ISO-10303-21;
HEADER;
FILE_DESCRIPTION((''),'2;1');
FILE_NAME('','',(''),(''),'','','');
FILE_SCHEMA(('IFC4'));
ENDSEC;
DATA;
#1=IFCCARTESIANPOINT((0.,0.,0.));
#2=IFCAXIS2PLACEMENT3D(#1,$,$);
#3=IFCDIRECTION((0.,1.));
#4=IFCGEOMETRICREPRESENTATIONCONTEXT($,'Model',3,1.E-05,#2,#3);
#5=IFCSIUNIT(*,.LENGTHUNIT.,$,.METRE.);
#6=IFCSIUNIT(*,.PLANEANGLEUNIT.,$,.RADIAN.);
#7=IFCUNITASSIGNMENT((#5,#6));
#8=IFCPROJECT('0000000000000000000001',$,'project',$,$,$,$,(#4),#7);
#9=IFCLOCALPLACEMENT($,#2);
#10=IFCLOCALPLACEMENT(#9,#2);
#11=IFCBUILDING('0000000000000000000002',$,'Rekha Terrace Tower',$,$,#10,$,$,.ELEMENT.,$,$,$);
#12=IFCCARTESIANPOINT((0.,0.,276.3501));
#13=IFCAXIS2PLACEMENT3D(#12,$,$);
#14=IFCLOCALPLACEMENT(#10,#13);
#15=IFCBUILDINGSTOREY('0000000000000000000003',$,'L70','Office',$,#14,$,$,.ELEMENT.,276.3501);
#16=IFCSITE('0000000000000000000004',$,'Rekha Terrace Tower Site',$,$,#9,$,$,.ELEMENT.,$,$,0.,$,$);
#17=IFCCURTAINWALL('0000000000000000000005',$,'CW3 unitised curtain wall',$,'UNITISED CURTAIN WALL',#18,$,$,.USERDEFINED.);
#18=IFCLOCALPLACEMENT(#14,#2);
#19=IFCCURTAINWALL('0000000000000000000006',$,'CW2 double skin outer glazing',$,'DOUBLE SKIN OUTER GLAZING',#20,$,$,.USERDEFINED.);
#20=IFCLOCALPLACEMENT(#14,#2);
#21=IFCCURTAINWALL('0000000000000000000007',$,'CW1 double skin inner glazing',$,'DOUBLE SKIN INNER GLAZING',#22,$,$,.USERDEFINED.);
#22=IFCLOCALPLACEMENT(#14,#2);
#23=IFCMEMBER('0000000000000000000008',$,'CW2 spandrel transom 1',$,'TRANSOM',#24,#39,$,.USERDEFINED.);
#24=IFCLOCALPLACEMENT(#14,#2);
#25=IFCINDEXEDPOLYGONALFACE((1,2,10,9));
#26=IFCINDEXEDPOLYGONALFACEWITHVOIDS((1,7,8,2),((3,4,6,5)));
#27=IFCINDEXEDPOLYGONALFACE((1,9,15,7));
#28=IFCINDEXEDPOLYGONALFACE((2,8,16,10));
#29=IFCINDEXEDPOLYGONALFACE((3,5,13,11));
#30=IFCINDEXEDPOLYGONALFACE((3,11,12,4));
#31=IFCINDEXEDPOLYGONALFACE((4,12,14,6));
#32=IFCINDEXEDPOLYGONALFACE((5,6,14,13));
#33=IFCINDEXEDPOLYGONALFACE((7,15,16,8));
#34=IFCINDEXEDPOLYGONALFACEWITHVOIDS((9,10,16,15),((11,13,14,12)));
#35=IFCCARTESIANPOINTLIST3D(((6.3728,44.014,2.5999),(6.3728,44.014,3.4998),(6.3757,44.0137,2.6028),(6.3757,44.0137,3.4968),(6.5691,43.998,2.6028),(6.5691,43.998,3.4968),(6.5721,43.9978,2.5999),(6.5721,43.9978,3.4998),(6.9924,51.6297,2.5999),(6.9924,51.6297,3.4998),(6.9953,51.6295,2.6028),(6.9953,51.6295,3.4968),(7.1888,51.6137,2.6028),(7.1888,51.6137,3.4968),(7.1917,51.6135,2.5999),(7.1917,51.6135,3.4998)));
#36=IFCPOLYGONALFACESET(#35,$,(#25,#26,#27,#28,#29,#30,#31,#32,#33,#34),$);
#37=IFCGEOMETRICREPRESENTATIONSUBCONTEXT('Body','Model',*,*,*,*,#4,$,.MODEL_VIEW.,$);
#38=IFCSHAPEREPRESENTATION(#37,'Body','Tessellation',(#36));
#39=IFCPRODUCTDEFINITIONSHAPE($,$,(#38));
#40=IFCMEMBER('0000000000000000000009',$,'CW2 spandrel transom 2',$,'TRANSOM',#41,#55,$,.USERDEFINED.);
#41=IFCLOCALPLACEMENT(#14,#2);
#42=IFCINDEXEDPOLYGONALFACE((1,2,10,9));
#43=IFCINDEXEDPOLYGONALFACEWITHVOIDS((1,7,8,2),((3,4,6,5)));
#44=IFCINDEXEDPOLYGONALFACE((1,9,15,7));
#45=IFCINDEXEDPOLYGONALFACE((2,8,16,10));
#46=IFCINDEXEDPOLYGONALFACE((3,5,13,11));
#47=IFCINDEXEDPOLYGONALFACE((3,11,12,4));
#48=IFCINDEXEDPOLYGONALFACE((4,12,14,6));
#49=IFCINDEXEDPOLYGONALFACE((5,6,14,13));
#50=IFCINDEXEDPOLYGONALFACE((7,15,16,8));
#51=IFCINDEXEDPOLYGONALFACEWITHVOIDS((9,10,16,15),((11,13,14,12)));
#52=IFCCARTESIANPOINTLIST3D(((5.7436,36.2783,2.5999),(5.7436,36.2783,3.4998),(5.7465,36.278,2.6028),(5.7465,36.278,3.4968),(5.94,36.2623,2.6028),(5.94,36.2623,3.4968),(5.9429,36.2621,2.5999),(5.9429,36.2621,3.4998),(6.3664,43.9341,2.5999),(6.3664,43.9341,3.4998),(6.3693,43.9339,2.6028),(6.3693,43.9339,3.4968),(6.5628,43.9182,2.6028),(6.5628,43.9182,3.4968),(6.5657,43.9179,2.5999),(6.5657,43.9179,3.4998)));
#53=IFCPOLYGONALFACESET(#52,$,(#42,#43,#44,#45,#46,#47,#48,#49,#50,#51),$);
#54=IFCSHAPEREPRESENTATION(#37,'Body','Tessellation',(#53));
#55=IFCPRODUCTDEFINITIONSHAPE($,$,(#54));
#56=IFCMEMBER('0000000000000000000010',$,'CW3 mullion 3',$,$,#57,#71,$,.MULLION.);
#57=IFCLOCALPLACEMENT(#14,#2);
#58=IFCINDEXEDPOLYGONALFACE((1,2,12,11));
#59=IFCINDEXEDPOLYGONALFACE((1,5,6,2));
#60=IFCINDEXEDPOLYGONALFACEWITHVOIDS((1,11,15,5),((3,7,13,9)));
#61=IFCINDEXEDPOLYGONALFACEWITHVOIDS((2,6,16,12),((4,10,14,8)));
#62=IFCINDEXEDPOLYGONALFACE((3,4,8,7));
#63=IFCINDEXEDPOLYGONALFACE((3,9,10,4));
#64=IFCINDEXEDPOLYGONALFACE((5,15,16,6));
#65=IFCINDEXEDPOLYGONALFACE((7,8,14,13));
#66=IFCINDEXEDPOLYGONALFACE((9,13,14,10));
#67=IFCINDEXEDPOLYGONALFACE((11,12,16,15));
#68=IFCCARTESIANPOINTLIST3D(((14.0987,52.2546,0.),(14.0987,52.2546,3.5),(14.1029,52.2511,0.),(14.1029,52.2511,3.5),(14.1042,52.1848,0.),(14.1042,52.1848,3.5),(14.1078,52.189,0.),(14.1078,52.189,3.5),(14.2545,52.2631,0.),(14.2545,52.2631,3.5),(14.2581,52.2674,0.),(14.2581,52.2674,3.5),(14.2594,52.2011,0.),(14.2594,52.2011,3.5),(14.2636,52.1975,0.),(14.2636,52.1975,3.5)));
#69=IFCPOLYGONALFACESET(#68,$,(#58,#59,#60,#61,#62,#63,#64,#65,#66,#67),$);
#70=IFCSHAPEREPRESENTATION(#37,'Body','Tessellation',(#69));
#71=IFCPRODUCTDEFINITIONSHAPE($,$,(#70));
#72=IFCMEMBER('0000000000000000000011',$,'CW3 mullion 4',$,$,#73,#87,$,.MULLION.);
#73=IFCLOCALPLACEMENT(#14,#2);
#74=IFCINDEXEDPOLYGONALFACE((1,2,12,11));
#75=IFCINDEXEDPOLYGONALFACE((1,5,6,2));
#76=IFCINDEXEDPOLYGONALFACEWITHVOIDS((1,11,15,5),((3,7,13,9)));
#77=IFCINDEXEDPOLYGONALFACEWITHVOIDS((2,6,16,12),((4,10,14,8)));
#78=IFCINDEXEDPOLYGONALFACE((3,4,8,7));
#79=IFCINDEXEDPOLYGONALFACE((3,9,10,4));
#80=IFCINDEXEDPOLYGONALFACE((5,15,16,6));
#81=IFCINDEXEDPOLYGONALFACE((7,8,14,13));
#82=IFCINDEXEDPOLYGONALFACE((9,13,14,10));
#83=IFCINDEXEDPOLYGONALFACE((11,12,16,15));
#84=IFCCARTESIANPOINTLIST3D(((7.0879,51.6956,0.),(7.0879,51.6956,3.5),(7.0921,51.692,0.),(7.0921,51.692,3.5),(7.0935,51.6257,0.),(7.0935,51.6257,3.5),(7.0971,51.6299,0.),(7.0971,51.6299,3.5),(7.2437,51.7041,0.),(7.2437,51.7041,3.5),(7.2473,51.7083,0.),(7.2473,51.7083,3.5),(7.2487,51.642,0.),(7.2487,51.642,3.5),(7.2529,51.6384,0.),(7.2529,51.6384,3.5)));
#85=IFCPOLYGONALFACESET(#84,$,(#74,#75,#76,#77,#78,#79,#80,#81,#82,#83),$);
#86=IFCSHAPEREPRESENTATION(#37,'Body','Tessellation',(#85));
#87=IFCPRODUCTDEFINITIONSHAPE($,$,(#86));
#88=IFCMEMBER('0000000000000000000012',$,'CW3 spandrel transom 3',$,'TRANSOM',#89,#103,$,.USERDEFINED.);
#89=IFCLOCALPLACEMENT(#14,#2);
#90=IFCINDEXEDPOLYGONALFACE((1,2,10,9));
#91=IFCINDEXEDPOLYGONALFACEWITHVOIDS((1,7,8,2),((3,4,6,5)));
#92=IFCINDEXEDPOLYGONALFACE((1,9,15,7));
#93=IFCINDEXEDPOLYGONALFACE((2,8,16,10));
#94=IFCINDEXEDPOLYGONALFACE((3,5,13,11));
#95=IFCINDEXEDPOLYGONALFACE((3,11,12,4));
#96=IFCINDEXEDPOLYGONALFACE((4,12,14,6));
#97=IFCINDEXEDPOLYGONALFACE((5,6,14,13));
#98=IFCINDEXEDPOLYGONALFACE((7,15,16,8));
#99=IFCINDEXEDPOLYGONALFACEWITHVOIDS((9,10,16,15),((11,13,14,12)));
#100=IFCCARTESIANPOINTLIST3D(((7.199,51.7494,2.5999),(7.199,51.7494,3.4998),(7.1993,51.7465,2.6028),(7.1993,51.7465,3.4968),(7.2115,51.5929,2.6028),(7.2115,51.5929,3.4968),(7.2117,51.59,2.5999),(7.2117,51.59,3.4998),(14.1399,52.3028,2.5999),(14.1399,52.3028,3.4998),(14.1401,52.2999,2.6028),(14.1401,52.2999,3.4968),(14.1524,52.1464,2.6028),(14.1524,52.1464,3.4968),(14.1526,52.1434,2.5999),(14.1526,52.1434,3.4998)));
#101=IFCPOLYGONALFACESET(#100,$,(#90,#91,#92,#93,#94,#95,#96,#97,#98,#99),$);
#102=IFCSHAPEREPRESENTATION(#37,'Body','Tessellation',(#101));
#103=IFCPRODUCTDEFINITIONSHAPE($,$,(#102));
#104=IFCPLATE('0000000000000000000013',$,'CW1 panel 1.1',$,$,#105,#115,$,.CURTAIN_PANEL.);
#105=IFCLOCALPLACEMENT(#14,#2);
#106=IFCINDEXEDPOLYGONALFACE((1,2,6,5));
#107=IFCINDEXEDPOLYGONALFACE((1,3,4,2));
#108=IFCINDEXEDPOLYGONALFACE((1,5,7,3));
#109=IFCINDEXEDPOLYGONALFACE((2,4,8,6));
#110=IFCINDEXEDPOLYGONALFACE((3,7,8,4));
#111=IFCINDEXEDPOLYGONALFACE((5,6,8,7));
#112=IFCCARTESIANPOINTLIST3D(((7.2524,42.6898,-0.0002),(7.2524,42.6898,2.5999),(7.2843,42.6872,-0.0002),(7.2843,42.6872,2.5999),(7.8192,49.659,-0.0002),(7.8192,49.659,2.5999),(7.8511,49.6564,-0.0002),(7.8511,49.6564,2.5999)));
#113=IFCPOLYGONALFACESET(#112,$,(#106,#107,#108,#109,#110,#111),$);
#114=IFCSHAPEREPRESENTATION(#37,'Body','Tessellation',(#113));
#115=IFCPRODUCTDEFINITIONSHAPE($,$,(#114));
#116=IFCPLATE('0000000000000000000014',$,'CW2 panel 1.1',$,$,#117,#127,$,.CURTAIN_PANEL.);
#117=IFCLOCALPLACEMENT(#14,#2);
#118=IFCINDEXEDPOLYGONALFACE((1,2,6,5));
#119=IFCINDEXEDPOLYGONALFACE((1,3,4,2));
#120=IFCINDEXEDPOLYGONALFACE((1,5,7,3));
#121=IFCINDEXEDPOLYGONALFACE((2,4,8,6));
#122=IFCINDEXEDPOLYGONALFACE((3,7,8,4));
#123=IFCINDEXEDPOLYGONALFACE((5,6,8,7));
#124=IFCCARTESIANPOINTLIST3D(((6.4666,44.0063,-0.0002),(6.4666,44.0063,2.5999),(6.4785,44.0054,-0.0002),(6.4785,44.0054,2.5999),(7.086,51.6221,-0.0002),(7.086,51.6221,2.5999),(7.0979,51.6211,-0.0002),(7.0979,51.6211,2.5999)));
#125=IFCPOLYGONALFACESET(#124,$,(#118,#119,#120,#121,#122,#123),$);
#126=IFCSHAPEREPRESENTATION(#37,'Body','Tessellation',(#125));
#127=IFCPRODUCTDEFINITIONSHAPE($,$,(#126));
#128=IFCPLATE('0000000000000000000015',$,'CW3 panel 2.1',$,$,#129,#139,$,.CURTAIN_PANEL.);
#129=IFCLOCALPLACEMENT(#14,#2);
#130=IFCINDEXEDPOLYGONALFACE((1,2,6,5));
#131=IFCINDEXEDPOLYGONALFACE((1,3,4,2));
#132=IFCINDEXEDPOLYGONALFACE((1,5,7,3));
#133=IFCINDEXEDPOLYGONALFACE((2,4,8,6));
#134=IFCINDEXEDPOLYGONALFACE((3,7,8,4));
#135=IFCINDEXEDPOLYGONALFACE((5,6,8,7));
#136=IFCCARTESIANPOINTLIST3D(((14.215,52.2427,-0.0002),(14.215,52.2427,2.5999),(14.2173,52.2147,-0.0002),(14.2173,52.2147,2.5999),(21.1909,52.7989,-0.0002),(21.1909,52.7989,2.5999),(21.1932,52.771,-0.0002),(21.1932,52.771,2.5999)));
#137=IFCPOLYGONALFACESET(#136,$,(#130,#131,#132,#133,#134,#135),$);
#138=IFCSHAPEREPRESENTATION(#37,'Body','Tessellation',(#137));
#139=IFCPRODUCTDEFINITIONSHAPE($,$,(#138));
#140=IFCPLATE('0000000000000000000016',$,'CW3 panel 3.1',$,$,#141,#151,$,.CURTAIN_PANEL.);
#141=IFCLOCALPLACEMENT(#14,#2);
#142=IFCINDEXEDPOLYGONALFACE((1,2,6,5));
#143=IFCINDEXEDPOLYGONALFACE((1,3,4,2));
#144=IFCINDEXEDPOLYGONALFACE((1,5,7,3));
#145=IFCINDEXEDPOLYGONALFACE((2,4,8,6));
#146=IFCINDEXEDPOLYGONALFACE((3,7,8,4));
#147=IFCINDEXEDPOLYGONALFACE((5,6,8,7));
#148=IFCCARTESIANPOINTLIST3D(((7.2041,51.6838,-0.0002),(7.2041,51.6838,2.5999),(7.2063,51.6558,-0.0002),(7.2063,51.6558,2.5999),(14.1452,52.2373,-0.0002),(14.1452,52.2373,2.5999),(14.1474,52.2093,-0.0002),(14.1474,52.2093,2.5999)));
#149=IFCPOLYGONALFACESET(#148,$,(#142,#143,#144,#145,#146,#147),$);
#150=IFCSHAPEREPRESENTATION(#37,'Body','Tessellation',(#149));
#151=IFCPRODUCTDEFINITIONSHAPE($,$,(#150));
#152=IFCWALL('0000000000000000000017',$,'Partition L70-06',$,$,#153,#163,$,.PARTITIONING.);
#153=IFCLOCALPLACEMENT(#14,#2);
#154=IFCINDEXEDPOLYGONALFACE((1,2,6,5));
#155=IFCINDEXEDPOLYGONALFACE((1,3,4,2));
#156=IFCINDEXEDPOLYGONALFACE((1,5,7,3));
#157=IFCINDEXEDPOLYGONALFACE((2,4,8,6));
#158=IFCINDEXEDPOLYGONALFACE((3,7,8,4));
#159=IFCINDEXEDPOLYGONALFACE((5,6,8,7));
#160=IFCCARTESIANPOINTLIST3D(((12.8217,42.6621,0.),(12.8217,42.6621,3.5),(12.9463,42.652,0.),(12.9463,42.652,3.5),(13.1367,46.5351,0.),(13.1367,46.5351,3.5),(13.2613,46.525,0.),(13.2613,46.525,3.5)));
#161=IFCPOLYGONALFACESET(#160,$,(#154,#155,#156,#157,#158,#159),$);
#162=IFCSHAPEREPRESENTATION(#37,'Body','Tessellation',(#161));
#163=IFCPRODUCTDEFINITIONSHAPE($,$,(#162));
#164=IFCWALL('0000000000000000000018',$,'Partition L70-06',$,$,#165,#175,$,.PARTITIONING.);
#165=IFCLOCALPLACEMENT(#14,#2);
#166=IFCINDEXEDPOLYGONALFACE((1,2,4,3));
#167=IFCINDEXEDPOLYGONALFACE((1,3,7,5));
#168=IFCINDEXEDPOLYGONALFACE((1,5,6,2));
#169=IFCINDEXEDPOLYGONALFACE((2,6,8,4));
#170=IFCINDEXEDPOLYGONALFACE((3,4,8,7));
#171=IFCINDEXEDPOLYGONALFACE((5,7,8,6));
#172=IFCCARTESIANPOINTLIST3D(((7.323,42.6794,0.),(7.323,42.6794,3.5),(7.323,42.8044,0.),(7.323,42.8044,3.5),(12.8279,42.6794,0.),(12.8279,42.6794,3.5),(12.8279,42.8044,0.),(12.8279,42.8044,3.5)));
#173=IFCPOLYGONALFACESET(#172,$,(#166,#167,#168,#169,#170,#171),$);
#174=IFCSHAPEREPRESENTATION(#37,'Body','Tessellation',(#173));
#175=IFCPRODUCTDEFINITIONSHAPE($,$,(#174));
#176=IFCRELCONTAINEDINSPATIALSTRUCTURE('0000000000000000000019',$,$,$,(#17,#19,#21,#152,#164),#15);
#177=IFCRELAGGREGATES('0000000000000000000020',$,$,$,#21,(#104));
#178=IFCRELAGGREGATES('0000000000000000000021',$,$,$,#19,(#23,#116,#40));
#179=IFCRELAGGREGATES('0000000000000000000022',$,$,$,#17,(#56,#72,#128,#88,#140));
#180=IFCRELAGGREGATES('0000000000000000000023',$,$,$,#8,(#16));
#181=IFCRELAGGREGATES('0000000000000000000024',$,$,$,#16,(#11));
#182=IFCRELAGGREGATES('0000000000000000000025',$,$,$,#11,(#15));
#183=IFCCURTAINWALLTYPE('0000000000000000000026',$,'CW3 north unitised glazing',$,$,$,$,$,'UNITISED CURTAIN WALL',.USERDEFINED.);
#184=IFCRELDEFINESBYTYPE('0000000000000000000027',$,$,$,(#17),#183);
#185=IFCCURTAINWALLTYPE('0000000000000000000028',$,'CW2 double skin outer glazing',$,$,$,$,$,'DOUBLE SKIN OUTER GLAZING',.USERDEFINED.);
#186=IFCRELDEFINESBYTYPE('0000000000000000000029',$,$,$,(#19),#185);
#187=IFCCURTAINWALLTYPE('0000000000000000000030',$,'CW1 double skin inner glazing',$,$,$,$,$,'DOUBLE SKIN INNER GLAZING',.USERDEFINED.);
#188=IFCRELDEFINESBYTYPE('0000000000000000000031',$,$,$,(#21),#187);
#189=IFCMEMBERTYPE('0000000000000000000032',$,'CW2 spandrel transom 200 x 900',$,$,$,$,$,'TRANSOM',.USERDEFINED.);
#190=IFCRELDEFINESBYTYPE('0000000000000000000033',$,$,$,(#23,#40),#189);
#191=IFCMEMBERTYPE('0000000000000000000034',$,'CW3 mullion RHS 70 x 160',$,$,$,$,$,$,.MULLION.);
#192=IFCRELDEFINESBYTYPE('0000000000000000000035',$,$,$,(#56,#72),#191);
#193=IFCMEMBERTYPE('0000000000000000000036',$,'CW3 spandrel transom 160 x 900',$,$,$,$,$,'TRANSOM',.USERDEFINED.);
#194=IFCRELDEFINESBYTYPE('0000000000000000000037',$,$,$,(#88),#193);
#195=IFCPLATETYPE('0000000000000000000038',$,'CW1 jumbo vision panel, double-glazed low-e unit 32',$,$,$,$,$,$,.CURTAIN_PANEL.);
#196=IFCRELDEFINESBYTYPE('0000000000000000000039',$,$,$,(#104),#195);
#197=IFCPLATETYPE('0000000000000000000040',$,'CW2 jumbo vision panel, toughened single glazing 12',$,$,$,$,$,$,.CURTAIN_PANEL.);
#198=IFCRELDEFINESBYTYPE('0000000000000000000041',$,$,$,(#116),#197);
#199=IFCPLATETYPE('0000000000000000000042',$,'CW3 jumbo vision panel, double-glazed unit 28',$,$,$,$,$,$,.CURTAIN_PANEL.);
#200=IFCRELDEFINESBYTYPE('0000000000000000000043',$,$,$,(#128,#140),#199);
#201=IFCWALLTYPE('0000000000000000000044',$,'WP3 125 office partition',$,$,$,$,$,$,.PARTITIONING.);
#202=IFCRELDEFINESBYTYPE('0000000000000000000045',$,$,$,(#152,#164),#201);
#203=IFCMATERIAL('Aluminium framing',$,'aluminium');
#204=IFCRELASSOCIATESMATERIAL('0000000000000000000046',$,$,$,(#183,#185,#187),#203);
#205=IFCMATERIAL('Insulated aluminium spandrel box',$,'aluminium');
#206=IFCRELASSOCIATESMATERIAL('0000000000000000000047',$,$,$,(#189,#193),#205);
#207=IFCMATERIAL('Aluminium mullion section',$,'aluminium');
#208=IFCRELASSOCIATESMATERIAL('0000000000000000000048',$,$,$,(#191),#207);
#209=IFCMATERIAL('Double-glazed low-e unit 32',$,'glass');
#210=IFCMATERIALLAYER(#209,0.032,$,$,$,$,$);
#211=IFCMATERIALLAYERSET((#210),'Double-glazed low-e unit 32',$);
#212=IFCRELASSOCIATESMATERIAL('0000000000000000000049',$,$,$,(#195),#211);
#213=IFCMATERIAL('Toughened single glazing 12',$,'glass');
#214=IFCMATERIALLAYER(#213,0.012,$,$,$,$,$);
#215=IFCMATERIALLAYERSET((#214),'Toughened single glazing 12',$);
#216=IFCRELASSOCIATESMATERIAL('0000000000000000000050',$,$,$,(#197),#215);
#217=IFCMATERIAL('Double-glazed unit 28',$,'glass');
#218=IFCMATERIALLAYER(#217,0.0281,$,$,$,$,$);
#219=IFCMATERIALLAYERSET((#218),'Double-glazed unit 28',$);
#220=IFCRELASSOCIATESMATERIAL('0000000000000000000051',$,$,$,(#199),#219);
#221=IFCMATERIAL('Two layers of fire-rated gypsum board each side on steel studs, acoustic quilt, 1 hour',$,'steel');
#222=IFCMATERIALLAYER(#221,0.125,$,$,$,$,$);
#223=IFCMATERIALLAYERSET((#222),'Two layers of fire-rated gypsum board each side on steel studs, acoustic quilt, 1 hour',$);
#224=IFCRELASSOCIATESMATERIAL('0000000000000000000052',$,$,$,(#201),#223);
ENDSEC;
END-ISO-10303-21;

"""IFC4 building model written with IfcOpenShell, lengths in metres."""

from ifc_helpers import new_model, si_unit, direction, frame, frame_2d, origin, origin_2d, place, context, subcontext, project, spatial, rectangle, hollow_rectangle, extrude, material, layer, layer_set, material_profile, profile_set, type_object, element, aggregate, save


model = new_model("IFC4")

# Units and contexts
model_context = context("Model", 3, precision=1e-05, world=origin(), true_north=direction((0.0, 1.0)))
body_context = subcontext(model_context, "Body", "Model", "MODEL_VIEW")
ifc_project = project(units=[si_unit("LENGTHUNIT", "METRE"), si_unit("PLANEANGLEUNIT", "RADIAN")], contexts=[model_context])

# Site, building, storey
site_placement = place(None, origin())
site = spatial("IfcSite", under=ifc_project, at=site_placement, Name="Rekha Terrace Tower Site", CompositionType="ELEMENT", RefElevation=0.0)
building_placement = place(site_placement, origin())
building = spatial("IfcBuilding", under=site, at=building_placement, Name="Rekha Terrace Tower", CompositionType="ELEMENT")
storey_placement = place(building_placement, frame((0.0, 0.0, 276.3501)))
storey = spatial("IfcBuildingStorey", under=building, at=storey_placement, Name="L70", Description="Office", CompositionType="ELEMENT", Elevation=276.3501)

# Curtain walls
ifc_material_1 = material(Name="Aluminium framing", Category="aluminium")
curtain_wall_type_1 = type_object("IfcCurtainWallType", Name="CW3 north unitised glazing", ElementType="UNITISED CURTAIN WALL", PredefinedType="USERDEFINED", material=ifc_material_1)
curtain_wall_1_placement = place(storey_placement, origin())
curtain_wall_1 = element("IfcCurtainWall", 1, at=curtain_wall_1_placement, inside=storey, type_object=curtain_wall_type_1, Name="CW3 unitised curtain wall", ObjectType="UNITISED CURTAIN WALL", PredefinedType="USERDEFINED")
curtain_wall_type_2 = type_object("IfcCurtainWallType", Name="CW2 double skin outer glazing", ElementType="DOUBLE SKIN OUTER GLAZING", PredefinedType="USERDEFINED", material=ifc_material_1)
curtain_wall_2_placement = place(storey_placement, origin())
curtain_wall_2 = element("IfcCurtainWall", 2, at=curtain_wall_2_placement, inside=storey, type_object=curtain_wall_type_2, Name="CW2 double skin outer glazing", ObjectType="DOUBLE SKIN OUTER GLAZING", PredefinedType="USERDEFINED")

# Curtain wall
curtain_wall_type_3 = type_object("IfcCurtainWallType", Name="CW1 double skin inner glazing", ElementType="DOUBLE SKIN INNER GLAZING", PredefinedType="USERDEFINED", material=ifc_material_1)
curtain_wall_3_placement = place(storey_placement, origin())
curtain_wall_3 = element("IfcCurtainWall", 3, at=curtain_wall_3_placement, inside=storey, type_object=curtain_wall_type_3, Name="CW1 double skin inner glazing", ObjectType="DOUBLE SKIN INNER GLAZING", PredefinedType="USERDEFINED")
ifc_material_2 = material(Name="Aluminium mullion section", Category="aluminium")
ifc_material_3 = material(Name="Insulated aluminium spandrel box", Category="aluminium")

# Members
ifc_material_profile_1 = material_profile(ifc_material_3, hollow_rectangle(XDim=0.2, YDim=0.8999, WallThickness=0.0029, at=origin_2d()), Name="AL SPANDREL BOX 200x900")
ifc_profile_set_1 = profile_set([ifc_material_profile_1], Name="Insulated aluminium spandrel box")
member_type_1 = type_object("IfcMemberType", Name="CW2 spandrel transom 200 x 900", ElementType="TRANSOM", PredefinedType="USERDEFINED", material=ifc_profile_set_1)
member_1_placement = place(storey_placement, frame((7.092, 51.6216, 3.0498), z_axis=(-0.081094, -0.996706, 0.0), x_axis=(0.996706, -0.081094, 0.0)))
member_1 = element("IfcMember", 4, at=member_1_placement, type_object=member_type_1, Name="CW2 spandrel transom 1", ObjectType="TRANSOM", PredefinedType="USERDEFINED", context=body_context, shape_type="SweptSolid", body=[
    extrude(hollow_rectangle(XDim=0.2, YDim=0.8999, WallThickness=0.0029, at=origin_2d()), origin(), (0.0, 0.0, 1.0), 7.6409),
])
member_2_placement = place(storey_placement, frame((6.4661, 43.926, 3.0498), z_axis=(-0.081083, -0.996707, 0.0), x_axis=(0.996707, -0.081083, 0.0)))
member_2 = element("IfcMember", 5, at=member_2_placement, type_object=member_type_1, Name="CW2 spandrel transom 2", ObjectType="TRANSOM", PredefinedType="USERDEFINED", context=body_context, shape_type="SweptSolid", body=[
    extrude(hollow_rectangle(XDim=0.2, YDim=0.8999, WallThickness=0.0029, at=origin_2d()), origin(), (0.0, 0.0, 1.0), 7.6812),
])
ifc_material_profile_2 = material_profile(ifc_material_2, hollow_rectangle(XDim=0.0701, YDim=0.1599, WallThickness=0.0039, at=origin_2d()), Name="AL RHS 70x160")
ifc_profile_set_2 = profile_set([ifc_material_profile_2], Name="Aluminium mullion section")
member_type_2 = type_object("IfcMemberType", Name="CW3 mullion RHS 70 x 160", PredefinedType="MULLION", material=ifc_profile_set_2)
member_3_placement = place(storey_placement, frame((14.1812, 52.2261, 0.0), z_axis=(0.0, 0.0, 1.0), x_axis=(0.079485, -0.996836, 0.0)))
member_3 = element("IfcMember", 6, at=member_3_placement, type_object=member_type_2, Name="CW3 mullion 3", PredefinedType="MULLION", context=body_context, shape_type="SweptSolid", body=[
    extrude(hollow_rectangle(XDim=0.0701, YDim=0.1599, WallThickness=0.0039, at=origin_2d()), origin(), (0.0, 0.0, 1.0), 3.5),
])
member_4_placement = place(storey_placement, frame((7.1704, 51.667, 0.0), z_axis=(0.0, 0.0, 1.0), x_axis=(0.079485, -0.996836, 0.0)))
member_4 = element("IfcMember", 7, at=member_4_placement, type_object=member_type_2, Name="CW3 mullion 4", PredefinedType="MULLION", context=body_context, shape_type="SweptSolid", body=[
    extrude(hollow_rectangle(XDim=0.0701, YDim=0.1599, WallThickness=0.0039, at=origin_2d()), origin(), (0.0, 0.0, 1.0), 3.5),
])
ifc_material_profile_3 = material_profile(ifc_material_3, hollow_rectangle(XDim=0.1599, YDim=0.8999, WallThickness=0.0029, at=origin_2d()), Name="AL SPANDREL BOX 160x900")
ifc_profile_set_3 = profile_set([ifc_material_profile_3], Name="Insulated aluminium spandrel box")
member_type_3 = type_object("IfcMemberType", Name="CW3 spandrel transom 160 x 900", ElementType="TRANSOM", PredefinedType="USERDEFINED", material=ifc_profile_set_3)
member_5_placement = place(storey_placement, frame((14.1462, 52.2231, 3.0498), z_axis=(-0.996836, -0.079487, 0.0), x_axis=(0.079487, -0.996836, 0.0)))
member_5 = element("IfcMember", 8, at=member_5_placement, type_object=member_type_3, Name="CW3 spandrel transom 3", ObjectType="TRANSOM", PredefinedType="USERDEFINED", context=body_context, shape_type="SweptSolid", body=[
    extrude(hollow_rectangle(XDim=0.1599, YDim=0.8999, WallThickness=0.0029, at=origin_2d()), origin(), (0.0, 0.0, 1.0), 6.9629),
])

# Plates
ifc_material_4 = material(Name="Double-glazed low-e unit 32", Category="glass")
ifc_layer_1 = layer(ifc_material_4, 0.032)
ifc_layer_set_1 = layer_set([ifc_layer_1], Name="Double-glazed low-e unit 32")
plate_type_1 = type_object("IfcPlateType", Name="CW1 jumbo vision panel, double-glazed low-e unit 32", PredefinedType="CURTAIN_PANEL", material=ifc_layer_set_1)
plate_1_placement = place(storey_placement, frame((7.5518, 46.1731, -0.0002), z_axis=(0.0, 0.0, 1.0), x_axis=(-0.081068, -0.996709, 0.0)))
plate_1 = element("IfcPlate", 9, at=plate_1_placement, type_object=plate_type_1, Name="CW1 panel 1.1", PredefinedType="CURTAIN_PANEL", context=body_context, shape_type="SweptSolid", body=[
    extrude(rectangle(XDim=6.9922, YDim=0.032, at=origin_2d()), origin(), (0.0, 0.0, 1.0), 2.6001),
])
aggregate(curtain_wall_3, [plate_1])
ifc_material_5 = material(Name="Toughened single glazing 12", Category="glass")
ifc_layer_2 = layer(ifc_material_5, 0.012)
ifc_layer_set_2 = layer_set([ifc_layer_2], Name="Toughened single glazing 12")
plate_type_2 = type_object("IfcPlateType", Name="CW2 jumbo vision panel, toughened single glazing 12", PredefinedType="CURTAIN_PANEL", material=ifc_layer_set_2)
plate_2_placement = place(storey_placement, frame((6.7822, 47.8137, -0.0002), z_axis=(0.0, 0.0, 1.0), x_axis=(-0.081068, -0.996709, 0.0)))
plate_2 = element("IfcPlate", 10, at=plate_2_placement, type_object=plate_type_2, Name="CW2 panel 1.1", PredefinedType="CURTAIN_PANEL", context=body_context, shape_type="SweptSolid", body=[
    extrude(rectangle(XDim=7.6409, YDim=0.012, at=origin_2d()), origin(), (0.0, 0.0, 1.0), 2.6001),
])
aggregate(curtain_wall_2, [member_1, plate_2, member_2])
ifc_material_6 = material(Name="Double-glazed unit 28", Category="glass")
ifc_layer_3 = layer(ifc_material_6, 0.0281)
ifc_layer_set_3 = layer_set([ifc_layer_3], Name="Double-glazed unit 28")
plate_type_3 = type_object("IfcPlateType", Name="CW3 jumbo vision panel, double-glazed unit 28", PredefinedType="CURTAIN_PANEL", material=ifc_layer_set_3)
plate_3_placement = place(storey_placement, frame((17.7041, 52.5068, -0.0002), z_axis=(0.0, 0.0, 1.0), x_axis=(-0.996836, -0.079485, 0.0)))
plate_3 = element("IfcPlate", 11, at=plate_3_placement, type_object=plate_type_3, Name="CW3 panel 2.1", PredefinedType="CURTAIN_PANEL", context=body_context, shape_type="SweptSolid", body=[
    extrude(rectangle(XDim=6.998, YDim=0.0281, at=origin_2d()), origin(), (0.0, 0.0, 1.0), 2.6001),
])
plate_4_placement = place(storey_placement, frame((10.6758, 51.9465, -0.0002), z_axis=(0.0, 0.0, 1.0), x_axis=(-0.996836, -0.079485, 0.0)))
plate_4 = element("IfcPlate", 12, at=plate_4_placement, type_object=plate_type_3, Name="CW3 panel 3.1", PredefinedType="CURTAIN_PANEL", context=body_context, shape_type="SweptSolid", body=[
    extrude(rectangle(XDim=6.9631, YDim=0.0281, at=origin_2d()), origin(), (0.0, 0.0, 1.0), 2.6001),
])
aggregate(curtain_wall_1, [member_3, member_4, plate_3, member_5, plate_4])

# Walls
ifc_material_7 = material(Name="Two layers of fire-rated gypsum board each side on steel studs, acoustic quilt, 1 hour", Category="steel")
ifc_layer_4 = layer(ifc_material_7, 0.125)
ifc_layer_set_4 = layer_set([ifc_layer_4], Name="Two layers of fire-rated gypsum board each side on steel studs, acoustic quilt, 1 hour")
wall_type = type_object("IfcWallType", Name="WP3 125 office partition", PredefinedType="PARTITIONING", material=ifc_layer_set_4)
wall_1_placement = place(storey_placement, frame((13.199, 46.53, 0.0), z_axis=(0.0, 0.0, 1.0), x_axis=(-0.081049, -0.99671, 0.0)))
element("IfcWall", 13, at=wall_1_placement, inside=storey, type_object=wall_type, Name="Partition L70-06", PredefinedType="PARTITIONING", context=body_context, shape_type="SweptSolid", body=[
    extrude(rectangle(XDim=3.8857, YDim=0.125, at=frame_2d((1.9429, 0.0))), origin(), (0.0, 0.0, 1.0), 3.5),
])
wall_2_placement = place(storey_placement, frame((12.8279, 42.7419, 0.0), z_axis=(0.0, 0.0, 1.0), x_axis=(-1.0, 0.0, 0.0)))
element("IfcWall", 14, at=wall_2_placement, inside=storey, type_object=wall_type, Name="Partition L70-06", PredefinedType="PARTITIONING", context=body_context, shape_type="SweptSolid", body=[
    extrude(rectangle(XDim=5.5049, YDim=0.125, at=frame_2d((2.7524, 0.0))), origin(), (0.0, 0.0, 1.0), 3.5),
])

save(model, "model.ifc")
